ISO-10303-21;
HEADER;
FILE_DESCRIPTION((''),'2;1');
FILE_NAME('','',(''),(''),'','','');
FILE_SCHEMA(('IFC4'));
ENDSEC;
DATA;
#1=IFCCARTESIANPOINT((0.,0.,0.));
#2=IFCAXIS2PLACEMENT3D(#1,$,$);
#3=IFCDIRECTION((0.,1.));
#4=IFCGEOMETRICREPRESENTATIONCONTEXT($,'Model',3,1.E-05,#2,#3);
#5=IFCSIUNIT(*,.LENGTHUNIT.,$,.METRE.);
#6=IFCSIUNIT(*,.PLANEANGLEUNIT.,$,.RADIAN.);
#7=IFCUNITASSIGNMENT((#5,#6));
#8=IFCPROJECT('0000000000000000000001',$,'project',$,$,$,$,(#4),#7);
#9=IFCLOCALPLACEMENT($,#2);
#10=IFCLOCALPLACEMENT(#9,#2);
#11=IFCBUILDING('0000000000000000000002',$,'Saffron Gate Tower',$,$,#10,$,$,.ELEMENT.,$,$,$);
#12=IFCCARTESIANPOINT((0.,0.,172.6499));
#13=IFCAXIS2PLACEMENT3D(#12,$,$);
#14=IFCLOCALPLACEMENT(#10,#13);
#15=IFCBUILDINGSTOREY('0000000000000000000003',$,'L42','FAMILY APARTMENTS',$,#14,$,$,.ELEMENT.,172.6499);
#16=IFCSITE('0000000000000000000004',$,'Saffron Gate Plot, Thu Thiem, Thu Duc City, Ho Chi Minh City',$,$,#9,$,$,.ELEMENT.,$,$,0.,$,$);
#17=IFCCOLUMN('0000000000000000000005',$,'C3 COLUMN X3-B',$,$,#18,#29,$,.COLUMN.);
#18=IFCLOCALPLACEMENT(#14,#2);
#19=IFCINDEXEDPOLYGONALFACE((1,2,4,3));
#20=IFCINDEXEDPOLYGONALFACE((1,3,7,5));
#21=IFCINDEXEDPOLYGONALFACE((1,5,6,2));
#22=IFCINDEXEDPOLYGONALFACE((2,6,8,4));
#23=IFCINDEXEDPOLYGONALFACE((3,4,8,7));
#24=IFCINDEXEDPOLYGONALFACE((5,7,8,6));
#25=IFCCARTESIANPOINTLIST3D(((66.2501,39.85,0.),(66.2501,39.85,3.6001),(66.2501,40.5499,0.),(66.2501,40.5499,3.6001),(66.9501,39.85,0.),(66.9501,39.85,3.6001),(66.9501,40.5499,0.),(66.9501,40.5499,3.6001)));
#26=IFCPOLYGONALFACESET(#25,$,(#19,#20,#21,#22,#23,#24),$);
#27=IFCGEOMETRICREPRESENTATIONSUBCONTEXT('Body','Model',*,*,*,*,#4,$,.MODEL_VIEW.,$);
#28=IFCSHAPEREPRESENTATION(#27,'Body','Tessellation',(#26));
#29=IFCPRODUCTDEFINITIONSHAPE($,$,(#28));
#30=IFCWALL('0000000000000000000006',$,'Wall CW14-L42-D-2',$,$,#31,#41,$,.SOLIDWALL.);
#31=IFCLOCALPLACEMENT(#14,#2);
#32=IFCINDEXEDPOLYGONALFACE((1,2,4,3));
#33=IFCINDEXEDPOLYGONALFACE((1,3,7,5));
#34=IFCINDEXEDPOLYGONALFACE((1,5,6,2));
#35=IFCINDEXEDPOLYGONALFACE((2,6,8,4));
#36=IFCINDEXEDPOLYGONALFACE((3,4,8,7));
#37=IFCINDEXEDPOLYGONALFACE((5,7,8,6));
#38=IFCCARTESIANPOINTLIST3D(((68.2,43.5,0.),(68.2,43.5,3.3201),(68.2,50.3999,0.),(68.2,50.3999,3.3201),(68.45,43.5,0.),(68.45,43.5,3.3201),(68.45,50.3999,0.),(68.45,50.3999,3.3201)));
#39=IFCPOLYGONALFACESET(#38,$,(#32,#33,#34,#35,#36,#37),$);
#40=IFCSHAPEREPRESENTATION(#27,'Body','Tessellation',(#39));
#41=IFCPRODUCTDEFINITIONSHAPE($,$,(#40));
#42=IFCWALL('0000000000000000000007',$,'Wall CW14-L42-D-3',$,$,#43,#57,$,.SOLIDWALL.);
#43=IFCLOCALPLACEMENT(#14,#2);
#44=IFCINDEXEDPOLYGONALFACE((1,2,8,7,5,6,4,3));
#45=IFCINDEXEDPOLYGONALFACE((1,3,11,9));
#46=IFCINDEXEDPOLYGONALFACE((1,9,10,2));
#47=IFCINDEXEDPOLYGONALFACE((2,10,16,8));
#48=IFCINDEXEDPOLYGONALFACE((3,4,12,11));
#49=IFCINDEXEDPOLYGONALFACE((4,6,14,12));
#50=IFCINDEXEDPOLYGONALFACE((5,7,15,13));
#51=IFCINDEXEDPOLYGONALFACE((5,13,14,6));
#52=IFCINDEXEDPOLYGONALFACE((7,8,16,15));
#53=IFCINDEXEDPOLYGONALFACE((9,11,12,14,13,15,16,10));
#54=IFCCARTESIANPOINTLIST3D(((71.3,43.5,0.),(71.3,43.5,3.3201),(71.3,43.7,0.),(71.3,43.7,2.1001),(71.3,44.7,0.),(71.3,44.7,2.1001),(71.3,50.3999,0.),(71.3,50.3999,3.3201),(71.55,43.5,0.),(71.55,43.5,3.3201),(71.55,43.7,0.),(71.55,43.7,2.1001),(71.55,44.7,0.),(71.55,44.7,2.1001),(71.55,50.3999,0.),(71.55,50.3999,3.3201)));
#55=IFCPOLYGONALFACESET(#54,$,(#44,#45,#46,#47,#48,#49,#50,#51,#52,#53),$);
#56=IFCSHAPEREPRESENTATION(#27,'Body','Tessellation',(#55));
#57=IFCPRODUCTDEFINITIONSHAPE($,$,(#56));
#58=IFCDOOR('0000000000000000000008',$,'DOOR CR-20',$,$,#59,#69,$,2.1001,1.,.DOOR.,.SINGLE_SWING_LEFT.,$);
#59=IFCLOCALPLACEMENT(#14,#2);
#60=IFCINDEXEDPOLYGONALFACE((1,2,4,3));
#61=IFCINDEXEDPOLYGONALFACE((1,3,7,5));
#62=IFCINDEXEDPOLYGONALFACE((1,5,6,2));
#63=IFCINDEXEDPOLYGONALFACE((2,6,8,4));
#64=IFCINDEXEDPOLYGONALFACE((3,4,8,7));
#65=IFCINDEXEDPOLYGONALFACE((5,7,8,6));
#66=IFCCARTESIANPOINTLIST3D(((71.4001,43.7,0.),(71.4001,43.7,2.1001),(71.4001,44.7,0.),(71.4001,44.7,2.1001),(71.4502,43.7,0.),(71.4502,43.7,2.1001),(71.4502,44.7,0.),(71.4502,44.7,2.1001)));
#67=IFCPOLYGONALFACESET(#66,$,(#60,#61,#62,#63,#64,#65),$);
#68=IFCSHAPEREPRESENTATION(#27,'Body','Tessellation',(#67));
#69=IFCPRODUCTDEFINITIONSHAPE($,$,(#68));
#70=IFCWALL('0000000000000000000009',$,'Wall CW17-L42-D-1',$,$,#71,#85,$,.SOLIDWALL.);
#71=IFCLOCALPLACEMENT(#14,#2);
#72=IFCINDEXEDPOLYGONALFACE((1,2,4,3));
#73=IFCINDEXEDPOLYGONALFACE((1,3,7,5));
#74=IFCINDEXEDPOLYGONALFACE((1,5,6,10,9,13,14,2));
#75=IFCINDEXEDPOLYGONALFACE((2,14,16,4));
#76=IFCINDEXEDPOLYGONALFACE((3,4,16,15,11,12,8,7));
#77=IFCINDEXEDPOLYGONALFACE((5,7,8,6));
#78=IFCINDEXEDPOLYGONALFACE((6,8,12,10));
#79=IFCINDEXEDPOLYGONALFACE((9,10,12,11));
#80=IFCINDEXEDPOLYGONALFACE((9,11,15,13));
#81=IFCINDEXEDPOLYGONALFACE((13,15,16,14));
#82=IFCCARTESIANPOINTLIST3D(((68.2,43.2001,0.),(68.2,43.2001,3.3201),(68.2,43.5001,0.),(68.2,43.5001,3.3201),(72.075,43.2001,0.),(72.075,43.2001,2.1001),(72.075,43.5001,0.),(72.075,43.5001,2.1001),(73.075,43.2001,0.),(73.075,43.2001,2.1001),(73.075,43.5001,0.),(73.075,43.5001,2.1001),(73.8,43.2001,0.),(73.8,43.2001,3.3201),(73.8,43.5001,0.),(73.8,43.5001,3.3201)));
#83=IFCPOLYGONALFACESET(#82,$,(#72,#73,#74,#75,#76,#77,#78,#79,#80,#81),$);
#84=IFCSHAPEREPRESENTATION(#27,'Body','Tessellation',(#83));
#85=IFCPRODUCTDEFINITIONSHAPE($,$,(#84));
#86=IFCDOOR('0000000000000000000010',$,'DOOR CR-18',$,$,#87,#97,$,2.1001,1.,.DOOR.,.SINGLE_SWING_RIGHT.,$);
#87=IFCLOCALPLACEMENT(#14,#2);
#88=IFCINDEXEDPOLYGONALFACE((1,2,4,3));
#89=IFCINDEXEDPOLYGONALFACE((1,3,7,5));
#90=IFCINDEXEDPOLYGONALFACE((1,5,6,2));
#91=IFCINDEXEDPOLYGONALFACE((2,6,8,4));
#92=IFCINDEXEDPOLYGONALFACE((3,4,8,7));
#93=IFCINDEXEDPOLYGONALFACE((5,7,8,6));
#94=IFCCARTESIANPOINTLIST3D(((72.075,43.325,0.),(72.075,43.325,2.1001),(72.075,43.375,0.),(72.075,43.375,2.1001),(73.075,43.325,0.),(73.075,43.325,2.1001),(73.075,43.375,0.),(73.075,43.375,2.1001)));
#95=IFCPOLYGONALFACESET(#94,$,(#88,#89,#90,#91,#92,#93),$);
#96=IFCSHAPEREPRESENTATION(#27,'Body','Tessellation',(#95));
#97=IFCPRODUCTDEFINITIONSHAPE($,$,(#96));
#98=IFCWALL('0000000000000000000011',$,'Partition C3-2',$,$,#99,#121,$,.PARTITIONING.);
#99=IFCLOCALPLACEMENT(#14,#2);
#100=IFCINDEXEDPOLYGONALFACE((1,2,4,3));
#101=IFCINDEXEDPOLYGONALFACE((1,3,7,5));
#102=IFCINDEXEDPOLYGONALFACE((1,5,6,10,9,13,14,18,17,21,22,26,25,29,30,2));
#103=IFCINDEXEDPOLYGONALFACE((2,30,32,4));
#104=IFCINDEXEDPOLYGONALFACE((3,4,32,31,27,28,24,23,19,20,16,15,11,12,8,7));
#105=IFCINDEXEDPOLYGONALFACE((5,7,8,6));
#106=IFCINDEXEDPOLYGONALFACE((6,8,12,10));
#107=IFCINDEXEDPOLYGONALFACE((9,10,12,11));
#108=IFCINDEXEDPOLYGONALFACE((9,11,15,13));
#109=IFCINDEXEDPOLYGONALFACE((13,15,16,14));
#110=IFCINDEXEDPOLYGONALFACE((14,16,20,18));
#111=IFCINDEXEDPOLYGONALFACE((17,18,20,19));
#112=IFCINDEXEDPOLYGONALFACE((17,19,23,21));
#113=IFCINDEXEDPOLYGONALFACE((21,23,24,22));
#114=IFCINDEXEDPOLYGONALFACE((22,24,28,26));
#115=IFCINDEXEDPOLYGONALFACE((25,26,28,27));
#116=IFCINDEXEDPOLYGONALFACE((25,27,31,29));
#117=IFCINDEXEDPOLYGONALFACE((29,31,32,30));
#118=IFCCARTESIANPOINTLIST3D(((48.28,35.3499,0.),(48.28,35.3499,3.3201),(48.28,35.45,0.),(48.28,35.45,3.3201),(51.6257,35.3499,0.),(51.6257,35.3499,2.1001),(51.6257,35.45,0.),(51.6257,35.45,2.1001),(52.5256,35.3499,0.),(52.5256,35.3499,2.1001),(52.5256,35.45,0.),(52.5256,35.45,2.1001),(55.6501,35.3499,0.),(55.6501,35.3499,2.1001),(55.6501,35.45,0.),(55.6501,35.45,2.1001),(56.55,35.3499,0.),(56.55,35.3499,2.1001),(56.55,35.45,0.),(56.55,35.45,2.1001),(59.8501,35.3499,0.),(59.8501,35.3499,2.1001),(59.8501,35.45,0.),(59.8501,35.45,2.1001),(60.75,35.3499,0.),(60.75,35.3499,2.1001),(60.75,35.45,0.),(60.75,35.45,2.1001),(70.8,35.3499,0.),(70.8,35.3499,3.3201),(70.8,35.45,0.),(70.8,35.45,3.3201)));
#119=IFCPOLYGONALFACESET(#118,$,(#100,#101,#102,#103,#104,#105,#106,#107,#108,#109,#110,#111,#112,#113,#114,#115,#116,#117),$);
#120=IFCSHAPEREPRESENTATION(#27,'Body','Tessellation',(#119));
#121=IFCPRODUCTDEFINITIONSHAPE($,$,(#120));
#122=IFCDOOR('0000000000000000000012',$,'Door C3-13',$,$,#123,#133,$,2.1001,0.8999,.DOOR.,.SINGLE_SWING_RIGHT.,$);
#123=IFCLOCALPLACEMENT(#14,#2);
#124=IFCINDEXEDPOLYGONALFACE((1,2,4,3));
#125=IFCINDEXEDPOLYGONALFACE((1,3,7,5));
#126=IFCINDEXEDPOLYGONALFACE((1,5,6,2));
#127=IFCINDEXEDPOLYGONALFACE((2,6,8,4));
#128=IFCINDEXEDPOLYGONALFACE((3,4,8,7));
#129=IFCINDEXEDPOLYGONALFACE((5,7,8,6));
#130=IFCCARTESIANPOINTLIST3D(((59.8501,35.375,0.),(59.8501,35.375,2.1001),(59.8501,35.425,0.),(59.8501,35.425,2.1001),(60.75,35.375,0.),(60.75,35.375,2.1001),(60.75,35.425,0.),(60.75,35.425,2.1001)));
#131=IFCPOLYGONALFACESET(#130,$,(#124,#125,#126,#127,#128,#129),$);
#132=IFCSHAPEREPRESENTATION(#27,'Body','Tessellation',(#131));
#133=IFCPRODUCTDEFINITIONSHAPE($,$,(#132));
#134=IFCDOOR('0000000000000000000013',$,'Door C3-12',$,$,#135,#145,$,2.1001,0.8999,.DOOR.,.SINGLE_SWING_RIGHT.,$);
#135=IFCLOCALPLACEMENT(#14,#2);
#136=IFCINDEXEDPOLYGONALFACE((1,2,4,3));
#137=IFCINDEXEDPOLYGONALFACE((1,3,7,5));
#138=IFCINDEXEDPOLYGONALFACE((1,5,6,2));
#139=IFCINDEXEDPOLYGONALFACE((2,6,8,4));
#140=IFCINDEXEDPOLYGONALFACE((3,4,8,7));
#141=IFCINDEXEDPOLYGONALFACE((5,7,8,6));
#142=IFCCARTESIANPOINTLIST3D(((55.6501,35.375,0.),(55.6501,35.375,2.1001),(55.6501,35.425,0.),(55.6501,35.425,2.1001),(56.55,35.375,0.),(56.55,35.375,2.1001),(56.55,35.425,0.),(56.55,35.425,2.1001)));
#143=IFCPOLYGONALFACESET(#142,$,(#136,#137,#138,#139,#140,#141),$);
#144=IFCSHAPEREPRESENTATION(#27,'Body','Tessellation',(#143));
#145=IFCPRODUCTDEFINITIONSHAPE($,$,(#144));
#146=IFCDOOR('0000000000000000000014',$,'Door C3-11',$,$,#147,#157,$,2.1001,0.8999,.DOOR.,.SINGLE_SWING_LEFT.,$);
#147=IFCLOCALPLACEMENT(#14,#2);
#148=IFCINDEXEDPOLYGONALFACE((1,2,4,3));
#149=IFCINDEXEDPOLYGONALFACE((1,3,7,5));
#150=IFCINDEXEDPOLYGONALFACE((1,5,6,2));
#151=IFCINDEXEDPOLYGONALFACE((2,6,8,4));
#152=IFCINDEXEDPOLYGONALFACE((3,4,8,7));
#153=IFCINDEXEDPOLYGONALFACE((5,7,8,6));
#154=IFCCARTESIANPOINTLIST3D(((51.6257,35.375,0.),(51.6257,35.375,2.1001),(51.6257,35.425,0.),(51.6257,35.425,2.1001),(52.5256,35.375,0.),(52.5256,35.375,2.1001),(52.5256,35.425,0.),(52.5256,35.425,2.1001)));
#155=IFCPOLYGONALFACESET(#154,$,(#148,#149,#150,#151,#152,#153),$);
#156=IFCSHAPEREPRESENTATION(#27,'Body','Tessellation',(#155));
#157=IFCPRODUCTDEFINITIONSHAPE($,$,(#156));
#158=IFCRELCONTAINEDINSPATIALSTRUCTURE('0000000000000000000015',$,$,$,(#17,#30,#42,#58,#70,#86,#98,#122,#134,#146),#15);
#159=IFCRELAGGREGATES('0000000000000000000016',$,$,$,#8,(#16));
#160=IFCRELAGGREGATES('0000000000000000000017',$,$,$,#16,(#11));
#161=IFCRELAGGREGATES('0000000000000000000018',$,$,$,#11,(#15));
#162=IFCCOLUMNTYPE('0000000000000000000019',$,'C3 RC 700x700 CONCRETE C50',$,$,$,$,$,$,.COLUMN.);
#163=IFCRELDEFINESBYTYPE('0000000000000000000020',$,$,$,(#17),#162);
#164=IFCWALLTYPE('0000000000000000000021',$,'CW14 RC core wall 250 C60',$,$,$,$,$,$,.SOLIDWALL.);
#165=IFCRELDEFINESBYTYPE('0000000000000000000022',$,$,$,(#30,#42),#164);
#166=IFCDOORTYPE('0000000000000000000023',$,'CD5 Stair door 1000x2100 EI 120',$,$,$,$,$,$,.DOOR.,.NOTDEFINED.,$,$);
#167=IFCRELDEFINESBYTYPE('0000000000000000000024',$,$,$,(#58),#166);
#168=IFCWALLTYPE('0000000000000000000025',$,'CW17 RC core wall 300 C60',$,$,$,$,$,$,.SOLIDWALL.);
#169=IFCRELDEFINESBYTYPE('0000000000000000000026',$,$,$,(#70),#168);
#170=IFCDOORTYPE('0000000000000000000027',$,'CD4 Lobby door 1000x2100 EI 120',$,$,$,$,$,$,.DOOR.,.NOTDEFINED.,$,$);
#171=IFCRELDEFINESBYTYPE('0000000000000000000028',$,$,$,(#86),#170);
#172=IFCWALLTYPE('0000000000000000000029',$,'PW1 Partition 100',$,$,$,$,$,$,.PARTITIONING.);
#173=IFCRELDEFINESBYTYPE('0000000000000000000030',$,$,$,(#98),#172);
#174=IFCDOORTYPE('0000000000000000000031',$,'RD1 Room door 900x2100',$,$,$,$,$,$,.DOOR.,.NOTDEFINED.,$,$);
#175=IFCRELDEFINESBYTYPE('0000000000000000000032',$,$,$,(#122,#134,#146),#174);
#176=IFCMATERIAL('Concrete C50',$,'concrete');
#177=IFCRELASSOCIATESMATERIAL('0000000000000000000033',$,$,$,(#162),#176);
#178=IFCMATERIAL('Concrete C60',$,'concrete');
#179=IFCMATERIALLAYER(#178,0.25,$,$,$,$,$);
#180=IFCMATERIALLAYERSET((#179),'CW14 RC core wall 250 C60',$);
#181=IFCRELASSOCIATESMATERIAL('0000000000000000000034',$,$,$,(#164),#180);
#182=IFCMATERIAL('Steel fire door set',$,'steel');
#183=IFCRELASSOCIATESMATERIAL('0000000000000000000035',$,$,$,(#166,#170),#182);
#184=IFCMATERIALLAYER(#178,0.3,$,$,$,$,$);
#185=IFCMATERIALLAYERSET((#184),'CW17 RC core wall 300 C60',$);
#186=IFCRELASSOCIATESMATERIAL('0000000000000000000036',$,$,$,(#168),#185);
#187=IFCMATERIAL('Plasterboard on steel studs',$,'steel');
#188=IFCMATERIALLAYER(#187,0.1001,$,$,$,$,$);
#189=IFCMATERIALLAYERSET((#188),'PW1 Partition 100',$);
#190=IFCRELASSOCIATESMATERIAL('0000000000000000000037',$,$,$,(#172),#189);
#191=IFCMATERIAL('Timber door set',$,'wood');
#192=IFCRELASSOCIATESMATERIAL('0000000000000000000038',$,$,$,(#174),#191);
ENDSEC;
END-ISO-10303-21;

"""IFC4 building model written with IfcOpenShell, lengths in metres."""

from ifc_helpers import new_model, si_unit, direction, frame, frame_2d, origin, origin_2d, place, context, subcontext, project, spatial, rectangle, extrude, material, layer, layer_set, material_profile, profile_set, type_object, element, fill, save


model = new_model("IFC4")

# Units and contexts
model_context = context("Model", 3, precision=1e-05, world=origin(), true_north=direction((0.0, 1.0)))
body_context = subcontext(model_context, "Body", "Model", "MODEL_VIEW")
ifc_project = project(units=[si_unit("LENGTHUNIT", "METRE"), si_unit("PLANEANGLEUNIT", "RADIAN")], contexts=[model_context])

# Site, building, storey
site_placement = place(None, origin())
site = spatial("IfcSite", under=ifc_project, at=site_placement, Name="Saffron Gate Plot, Thu Thiem, Thu Duc City, Ho Chi Minh City", CompositionType="ELEMENT", RefElevation=0.0)
building_placement = place(site_placement, origin())
building = spatial("IfcBuilding", under=site, at=building_placement, Name="Saffron Gate Tower", CompositionType="ELEMENT")
storey_placement = place(building_placement, frame((0.0, 0.0, 172.6499)))
storey = spatial("IfcBuildingStorey", under=building, at=storey_placement, Name="L42", Description="FAMILY APARTMENTS", CompositionType="ELEMENT", Elevation=172.6499)

# Column
ifc_material_1 = material(Name="Concrete C50", Category="concrete")
ifc_material_profile = material_profile(ifc_material_1, rectangle(XDim=0.7, YDim=0.7, at=origin_2d()))
ifc_profile_set = profile_set([ifc_material_profile], Name="Concrete C50")
column_type = type_object("IfcColumnType", Name="C3 RC 700x700 CONCRETE C50", PredefinedType="COLUMN", material=ifc_profile_set)
column_placement = place(storey_placement, frame((66.6001, 40.2, 0.0), z_axis=(0.0, 0.0, 1.0), x_axis=(1.0, 0.0, 0.0)))
element("IfcColumn", 1, at=column_placement, inside=storey, type_object=column_type, Name="C3 COLUMN X3-B", PredefinedType="COLUMN", context=body_context, shape_type="SweptSolid", body=[
    extrude(rectangle(XDim=0.7, YDim=0.7, at=origin_2d()), origin(), (0.0, 0.0, 1.0), 3.6001),
])

# Wall
ifc_material_2 = material(Name="Concrete C60", Category="concrete")
ifc_layer_1 = layer(ifc_material_2, 0.25)
ifc_layer_set_1 = layer_set([ifc_layer_1], Name="CW14 RC core wall 250 C60")
wall_type_1 = type_object("IfcWallType", Name="CW14 RC core wall 250 C60", PredefinedType="SOLIDWALL", material=ifc_layer_set_1)
wall_1_placement = place(storey_placement, frame((68.325, 43.5, 0.0), z_axis=(0.0, 0.0, 1.0), x_axis=(0.0, 1.0, 0.0)))
element("IfcWall", 2, at=wall_1_placement, inside=storey, type_object=wall_type_1, Name="Wall CW14-L42-D-2", PredefinedType="SOLIDWALL", context=body_context, shape_type="SweptSolid", body=[
    extrude(rectangle(XDim=6.8999, YDim=0.25, at=frame_2d((3.45, 0.0))), origin(), (0.0, 0.0, 1.0), 3.3201),
])

# Walls, openings, doors
wall_2_placement = place(storey_placement, frame((71.425, 43.5, 0.0), z_axis=(0.0, 0.0, 1.0), x_axis=(0.0, 1.0, 0.0)))
wall_2 = element("IfcWall", 3, at=wall_2_placement, inside=storey, type_object=wall_type_1, Name="Wall CW14-L42-D-3", PredefinedType="SOLIDWALL", context=body_context, shape_type="SweptSolid", body=[
    extrude(rectangle(XDim=6.8999, YDim=0.25, at=frame_2d((3.45, 0.0))), origin(), (0.0, 0.0, 1.0), 3.3201),
])
opening_1_placement = place(wall_2_placement, frame((0.2, 0.0, 0.0)))
opening_1 = element("IfcOpeningElement", 4, at=opening_1_placement, cuts=wall_2, PredefinedType="OPENING", context=body_context, shape_type="SweptSolid", body=[
    extrude(rectangle(XDim=1.0, YDim=2.1001, at=frame_2d((0.5, 1.05))), frame((0.0, 0.135, 0.0), z_axis=(0.0, -1.0, 0.0), x_axis=(1.0, 0.0, 0.0)), (0.0, 0.0, 1.0), 0.27),
])
ifc_material_3 = material(Name="Steel fire door set", Category="steel")
door_type_1 = type_object("IfcDoorType", Name="CD5 Stair door 1000x2100 EI 120", OperationType="NOTDEFINED", PredefinedType="DOOR", material=ifc_material_3)
door_1_placement = place(opening_1_placement, origin())
door_1 = element("IfcDoor", 5, at=door_1_placement, inside=storey, type_object=door_type_1, Name="DOOR CR-20", OperationType="SINGLE_SWING_LEFT", OverallHeight=2.1001, OverallWidth=1.0, PredefinedType="DOOR", context=body_context, shape_type="SweptSolid", body=[
    extrude(rectangle(XDim=1.0, YDim=2.1001, at=frame_2d((0.5, 1.05))), frame((0.0, 0.0249, 0.0), z_axis=(0.0, -1.0, 0.0), x_axis=(1.0, 0.0, 0.0)), (0.0, 0.0, 1.0), 0.05),
])
fill(opening_1, door_1)
ifc_layer_2 = layer(ifc_material_2, 0.3)
ifc_layer_set_2 = layer_set([ifc_layer_2], Name="CW17 RC core wall 300 C60")
wall_type_2 = type_object("IfcWallType", Name="CW17 RC core wall 300 C60", PredefinedType="SOLIDWALL", material=ifc_layer_set_2)
wall_3_placement = place(storey_placement, frame((68.2, 43.3501, 0.0), z_axis=(0.0, 0.0, 1.0), x_axis=(1.0, 0.0, 0.0)))
wall_3 = element("IfcWall", 6, at=wall_3_placement, inside=storey, type_object=wall_type_2, Name="Wall CW17-L42-D-1", PredefinedType="SOLIDWALL", context=body_context, shape_type="SweptSolid", body=[
    extrude(rectangle(XDim=5.6001, YDim=0.3, at=frame_2d((2.8, 0.0))), origin(), (0.0, 0.0, 1.0), 3.3201),
])
opening_2_placement = place(wall_3_placement, frame((3.875, 0.0, 0.0)))
opening_2 = element("IfcOpeningElement", 7, at=opening_2_placement, cuts=wall_3, PredefinedType="OPENING", context=body_context, shape_type="SweptSolid", body=[
    extrude(rectangle(XDim=1.0, YDim=2.1001, at=frame_2d((0.5, 1.05))), frame((0.0, 0.1602, 0.0), z_axis=(0.0, -1.0, 0.0), x_axis=(1.0, 0.0, 0.0)), (0.0, 0.0, 1.0), 0.3201),
])
door_type_2 = type_object("IfcDoorType", Name="CD4 Lobby door 1000x2100 EI 120", OperationType="NOTDEFINED", PredefinedType="DOOR", material=ifc_material_3)
door_2_placement = place(opening_2_placement, origin())
door_2 = element("IfcDoor", 8, at=door_2_placement, inside=storey, type_object=door_type_2, Name="DOOR CR-18", OperationType="SINGLE_SWING_RIGHT", OverallHeight=2.1001, OverallWidth=1.0, PredefinedType="DOOR", context=body_context, shape_type="SweptSolid", body=[
    extrude(rectangle(XDim=1.0, YDim=2.1001, at=frame_2d((0.5, 1.05))), frame((0.0, 0.0249, 0.0), z_axis=(0.0, -1.0, 0.0), x_axis=(1.0, 0.0, 0.0)), (0.0, 0.0, 1.0), 0.05),
])
fill(opening_2, door_2)

# Wall, openings, doors
ifc_material_4 = material(Name="Plasterboard on steel studs", Category="steel")
ifc_layer_3 = layer(ifc_material_4, 0.1001)
ifc_layer_set_3 = layer_set([ifc_layer_3], Name="PW1 Partition 100")
wall_type_3 = type_object("IfcWallType", Name="PW1 Partition 100", PredefinedType="PARTITIONING", material=ifc_layer_set_3)
wall_4_placement = place(storey_placement, frame((70.8, 35.3999, 0.0), z_axis=(0.0, 0.0, 1.0), x_axis=(-1.0, 0.0, 0.0)))
wall_4 = element("IfcWall", 9, at=wall_4_placement, inside=storey, type_object=wall_type_3, Name="Partition C3-2", PredefinedType="PARTITIONING", context=body_context, shape_type="SweptSolid", body=[
    extrude(rectangle(XDim=22.52, YDim=0.1001, at=frame_2d((11.26, 0.0))), origin(), (0.0, 0.0, 1.0), 3.3201),
])
opening_3_placement = place(wall_4_placement, frame((10.05, 0.0, 0.0)))
opening_3 = element("IfcOpeningElement", 10, at=opening_3_placement, cuts=wall_4, PredefinedType="OPENING", context=body_context, shape_type="SweptSolid", body=[
    extrude(rectangle(XDim=0.8999, YDim=2.1001, at=frame_2d((0.45, 1.05))), frame((0.0, 0.0601, 0.0), z_axis=(0.0, -1.0, 0.0), x_axis=(1.0, 0.0, 0.0)), (0.0, 0.0, 1.0), 0.1201),
])
opening_4_placement = place(wall_4_placement, frame((14.25, 0.0, 0.0)))
opening_4 = element("IfcOpeningElement", 11, at=opening_4_placement, cuts=wall_4, PredefinedType="OPENING", context=body_context, shape_type="SweptSolid", body=[
    extrude(rectangle(XDim=0.8999, YDim=2.1001, at=frame_2d((0.45, 1.05))), frame((0.0, 0.0601, 0.0), z_axis=(0.0, -1.0, 0.0), x_axis=(1.0, 0.0, 0.0)), (0.0, 0.0, 1.0), 0.1201),
])
opening_5_placement = place(wall_4_placement, frame((18.2744, 0.0, 0.0)))
opening_5 = element("IfcOpeningElement", 12, at=opening_5_placement, cuts=wall_4, PredefinedType="OPENING", context=body_context, shape_type="SweptSolid", body=[
    extrude(rectangle(XDim=0.8999, YDim=2.1001, at=frame_2d((0.45, 1.05))), frame((0.0, 0.0601, 0.0), z_axis=(0.0, -1.0, 0.0), x_axis=(1.0, 0.0, 0.0)), (0.0, 0.0, 1.0), 0.1201),
])
ifc_material_5 = material(Name="Timber door set", Category="wood")
door_type_3 = type_object("IfcDoorType", Name="RD1 Room door 900x2100", OperationType="NOTDEFINED", PredefinedType="DOOR", material=ifc_material_5)
door_3_placement = place(opening_3_placement, origin())
door_3 = element("IfcDoor", 13, at=door_3_placement, inside=storey, type_object=door_type_3, Name="Door C3-13", OperationType="SINGLE_SWING_RIGHT", OverallHeight=2.1001, OverallWidth=0.8999, PredefinedType="DOOR", context=body_context, shape_type="SweptSolid", body=[
    extrude(rectangle(XDim=0.8999, YDim=2.1001, at=frame_2d((0.45, 1.05))), frame((0.0, 0.0249, 0.0), z_axis=(0.0, -1.0, 0.0), x_axis=(1.0, 0.0, 0.0)), (0.0, 0.0, 1.0), 0.05),
])
fill(opening_3, door_3)
door_4_placement = place(opening_4_placement, origin())
door_4 = element("IfcDoor", 14, at=door_4_placement, inside=storey, type_object=door_type_3, Name="Door C3-12", OperationType="SINGLE_SWING_RIGHT", OverallHeight=2.1001, OverallWidth=0.8999, PredefinedType="DOOR", context=body_context, shape_type="SweptSolid", body=[
    extrude(rectangle(XDim=0.8999, YDim=2.1001, at=frame_2d((0.45, 1.05))), frame((0.0, 0.0249, 0.0), z_axis=(0.0, -1.0, 0.0), x_axis=(1.0, 0.0, 0.0)), (0.0, 0.0, 1.0), 0.05),
])
fill(opening_4, door_4)
door_5_placement = place(opening_5_placement, origin())
door_5 = element("IfcDoor", 15, at=door_5_placement, inside=storey, type_object=door_type_3, Name="Door C3-11", OperationType="SINGLE_SWING_LEFT", OverallHeight=2.1001, OverallWidth=0.8999, PredefinedType="DOOR", context=body_context, shape_type="SweptSolid", body=[
    extrude(rectangle(XDim=0.8999, YDim=2.1001, at=frame_2d((0.45, 1.05))), frame((0.0, 0.0249, 0.0), z_axis=(0.0, -1.0, 0.0), x_axis=(1.0, 0.0, 0.0)), (0.0, 0.0, 1.0), 0.05),
])
fill(opening_5, door_5)

save(model, "model.ifc")
